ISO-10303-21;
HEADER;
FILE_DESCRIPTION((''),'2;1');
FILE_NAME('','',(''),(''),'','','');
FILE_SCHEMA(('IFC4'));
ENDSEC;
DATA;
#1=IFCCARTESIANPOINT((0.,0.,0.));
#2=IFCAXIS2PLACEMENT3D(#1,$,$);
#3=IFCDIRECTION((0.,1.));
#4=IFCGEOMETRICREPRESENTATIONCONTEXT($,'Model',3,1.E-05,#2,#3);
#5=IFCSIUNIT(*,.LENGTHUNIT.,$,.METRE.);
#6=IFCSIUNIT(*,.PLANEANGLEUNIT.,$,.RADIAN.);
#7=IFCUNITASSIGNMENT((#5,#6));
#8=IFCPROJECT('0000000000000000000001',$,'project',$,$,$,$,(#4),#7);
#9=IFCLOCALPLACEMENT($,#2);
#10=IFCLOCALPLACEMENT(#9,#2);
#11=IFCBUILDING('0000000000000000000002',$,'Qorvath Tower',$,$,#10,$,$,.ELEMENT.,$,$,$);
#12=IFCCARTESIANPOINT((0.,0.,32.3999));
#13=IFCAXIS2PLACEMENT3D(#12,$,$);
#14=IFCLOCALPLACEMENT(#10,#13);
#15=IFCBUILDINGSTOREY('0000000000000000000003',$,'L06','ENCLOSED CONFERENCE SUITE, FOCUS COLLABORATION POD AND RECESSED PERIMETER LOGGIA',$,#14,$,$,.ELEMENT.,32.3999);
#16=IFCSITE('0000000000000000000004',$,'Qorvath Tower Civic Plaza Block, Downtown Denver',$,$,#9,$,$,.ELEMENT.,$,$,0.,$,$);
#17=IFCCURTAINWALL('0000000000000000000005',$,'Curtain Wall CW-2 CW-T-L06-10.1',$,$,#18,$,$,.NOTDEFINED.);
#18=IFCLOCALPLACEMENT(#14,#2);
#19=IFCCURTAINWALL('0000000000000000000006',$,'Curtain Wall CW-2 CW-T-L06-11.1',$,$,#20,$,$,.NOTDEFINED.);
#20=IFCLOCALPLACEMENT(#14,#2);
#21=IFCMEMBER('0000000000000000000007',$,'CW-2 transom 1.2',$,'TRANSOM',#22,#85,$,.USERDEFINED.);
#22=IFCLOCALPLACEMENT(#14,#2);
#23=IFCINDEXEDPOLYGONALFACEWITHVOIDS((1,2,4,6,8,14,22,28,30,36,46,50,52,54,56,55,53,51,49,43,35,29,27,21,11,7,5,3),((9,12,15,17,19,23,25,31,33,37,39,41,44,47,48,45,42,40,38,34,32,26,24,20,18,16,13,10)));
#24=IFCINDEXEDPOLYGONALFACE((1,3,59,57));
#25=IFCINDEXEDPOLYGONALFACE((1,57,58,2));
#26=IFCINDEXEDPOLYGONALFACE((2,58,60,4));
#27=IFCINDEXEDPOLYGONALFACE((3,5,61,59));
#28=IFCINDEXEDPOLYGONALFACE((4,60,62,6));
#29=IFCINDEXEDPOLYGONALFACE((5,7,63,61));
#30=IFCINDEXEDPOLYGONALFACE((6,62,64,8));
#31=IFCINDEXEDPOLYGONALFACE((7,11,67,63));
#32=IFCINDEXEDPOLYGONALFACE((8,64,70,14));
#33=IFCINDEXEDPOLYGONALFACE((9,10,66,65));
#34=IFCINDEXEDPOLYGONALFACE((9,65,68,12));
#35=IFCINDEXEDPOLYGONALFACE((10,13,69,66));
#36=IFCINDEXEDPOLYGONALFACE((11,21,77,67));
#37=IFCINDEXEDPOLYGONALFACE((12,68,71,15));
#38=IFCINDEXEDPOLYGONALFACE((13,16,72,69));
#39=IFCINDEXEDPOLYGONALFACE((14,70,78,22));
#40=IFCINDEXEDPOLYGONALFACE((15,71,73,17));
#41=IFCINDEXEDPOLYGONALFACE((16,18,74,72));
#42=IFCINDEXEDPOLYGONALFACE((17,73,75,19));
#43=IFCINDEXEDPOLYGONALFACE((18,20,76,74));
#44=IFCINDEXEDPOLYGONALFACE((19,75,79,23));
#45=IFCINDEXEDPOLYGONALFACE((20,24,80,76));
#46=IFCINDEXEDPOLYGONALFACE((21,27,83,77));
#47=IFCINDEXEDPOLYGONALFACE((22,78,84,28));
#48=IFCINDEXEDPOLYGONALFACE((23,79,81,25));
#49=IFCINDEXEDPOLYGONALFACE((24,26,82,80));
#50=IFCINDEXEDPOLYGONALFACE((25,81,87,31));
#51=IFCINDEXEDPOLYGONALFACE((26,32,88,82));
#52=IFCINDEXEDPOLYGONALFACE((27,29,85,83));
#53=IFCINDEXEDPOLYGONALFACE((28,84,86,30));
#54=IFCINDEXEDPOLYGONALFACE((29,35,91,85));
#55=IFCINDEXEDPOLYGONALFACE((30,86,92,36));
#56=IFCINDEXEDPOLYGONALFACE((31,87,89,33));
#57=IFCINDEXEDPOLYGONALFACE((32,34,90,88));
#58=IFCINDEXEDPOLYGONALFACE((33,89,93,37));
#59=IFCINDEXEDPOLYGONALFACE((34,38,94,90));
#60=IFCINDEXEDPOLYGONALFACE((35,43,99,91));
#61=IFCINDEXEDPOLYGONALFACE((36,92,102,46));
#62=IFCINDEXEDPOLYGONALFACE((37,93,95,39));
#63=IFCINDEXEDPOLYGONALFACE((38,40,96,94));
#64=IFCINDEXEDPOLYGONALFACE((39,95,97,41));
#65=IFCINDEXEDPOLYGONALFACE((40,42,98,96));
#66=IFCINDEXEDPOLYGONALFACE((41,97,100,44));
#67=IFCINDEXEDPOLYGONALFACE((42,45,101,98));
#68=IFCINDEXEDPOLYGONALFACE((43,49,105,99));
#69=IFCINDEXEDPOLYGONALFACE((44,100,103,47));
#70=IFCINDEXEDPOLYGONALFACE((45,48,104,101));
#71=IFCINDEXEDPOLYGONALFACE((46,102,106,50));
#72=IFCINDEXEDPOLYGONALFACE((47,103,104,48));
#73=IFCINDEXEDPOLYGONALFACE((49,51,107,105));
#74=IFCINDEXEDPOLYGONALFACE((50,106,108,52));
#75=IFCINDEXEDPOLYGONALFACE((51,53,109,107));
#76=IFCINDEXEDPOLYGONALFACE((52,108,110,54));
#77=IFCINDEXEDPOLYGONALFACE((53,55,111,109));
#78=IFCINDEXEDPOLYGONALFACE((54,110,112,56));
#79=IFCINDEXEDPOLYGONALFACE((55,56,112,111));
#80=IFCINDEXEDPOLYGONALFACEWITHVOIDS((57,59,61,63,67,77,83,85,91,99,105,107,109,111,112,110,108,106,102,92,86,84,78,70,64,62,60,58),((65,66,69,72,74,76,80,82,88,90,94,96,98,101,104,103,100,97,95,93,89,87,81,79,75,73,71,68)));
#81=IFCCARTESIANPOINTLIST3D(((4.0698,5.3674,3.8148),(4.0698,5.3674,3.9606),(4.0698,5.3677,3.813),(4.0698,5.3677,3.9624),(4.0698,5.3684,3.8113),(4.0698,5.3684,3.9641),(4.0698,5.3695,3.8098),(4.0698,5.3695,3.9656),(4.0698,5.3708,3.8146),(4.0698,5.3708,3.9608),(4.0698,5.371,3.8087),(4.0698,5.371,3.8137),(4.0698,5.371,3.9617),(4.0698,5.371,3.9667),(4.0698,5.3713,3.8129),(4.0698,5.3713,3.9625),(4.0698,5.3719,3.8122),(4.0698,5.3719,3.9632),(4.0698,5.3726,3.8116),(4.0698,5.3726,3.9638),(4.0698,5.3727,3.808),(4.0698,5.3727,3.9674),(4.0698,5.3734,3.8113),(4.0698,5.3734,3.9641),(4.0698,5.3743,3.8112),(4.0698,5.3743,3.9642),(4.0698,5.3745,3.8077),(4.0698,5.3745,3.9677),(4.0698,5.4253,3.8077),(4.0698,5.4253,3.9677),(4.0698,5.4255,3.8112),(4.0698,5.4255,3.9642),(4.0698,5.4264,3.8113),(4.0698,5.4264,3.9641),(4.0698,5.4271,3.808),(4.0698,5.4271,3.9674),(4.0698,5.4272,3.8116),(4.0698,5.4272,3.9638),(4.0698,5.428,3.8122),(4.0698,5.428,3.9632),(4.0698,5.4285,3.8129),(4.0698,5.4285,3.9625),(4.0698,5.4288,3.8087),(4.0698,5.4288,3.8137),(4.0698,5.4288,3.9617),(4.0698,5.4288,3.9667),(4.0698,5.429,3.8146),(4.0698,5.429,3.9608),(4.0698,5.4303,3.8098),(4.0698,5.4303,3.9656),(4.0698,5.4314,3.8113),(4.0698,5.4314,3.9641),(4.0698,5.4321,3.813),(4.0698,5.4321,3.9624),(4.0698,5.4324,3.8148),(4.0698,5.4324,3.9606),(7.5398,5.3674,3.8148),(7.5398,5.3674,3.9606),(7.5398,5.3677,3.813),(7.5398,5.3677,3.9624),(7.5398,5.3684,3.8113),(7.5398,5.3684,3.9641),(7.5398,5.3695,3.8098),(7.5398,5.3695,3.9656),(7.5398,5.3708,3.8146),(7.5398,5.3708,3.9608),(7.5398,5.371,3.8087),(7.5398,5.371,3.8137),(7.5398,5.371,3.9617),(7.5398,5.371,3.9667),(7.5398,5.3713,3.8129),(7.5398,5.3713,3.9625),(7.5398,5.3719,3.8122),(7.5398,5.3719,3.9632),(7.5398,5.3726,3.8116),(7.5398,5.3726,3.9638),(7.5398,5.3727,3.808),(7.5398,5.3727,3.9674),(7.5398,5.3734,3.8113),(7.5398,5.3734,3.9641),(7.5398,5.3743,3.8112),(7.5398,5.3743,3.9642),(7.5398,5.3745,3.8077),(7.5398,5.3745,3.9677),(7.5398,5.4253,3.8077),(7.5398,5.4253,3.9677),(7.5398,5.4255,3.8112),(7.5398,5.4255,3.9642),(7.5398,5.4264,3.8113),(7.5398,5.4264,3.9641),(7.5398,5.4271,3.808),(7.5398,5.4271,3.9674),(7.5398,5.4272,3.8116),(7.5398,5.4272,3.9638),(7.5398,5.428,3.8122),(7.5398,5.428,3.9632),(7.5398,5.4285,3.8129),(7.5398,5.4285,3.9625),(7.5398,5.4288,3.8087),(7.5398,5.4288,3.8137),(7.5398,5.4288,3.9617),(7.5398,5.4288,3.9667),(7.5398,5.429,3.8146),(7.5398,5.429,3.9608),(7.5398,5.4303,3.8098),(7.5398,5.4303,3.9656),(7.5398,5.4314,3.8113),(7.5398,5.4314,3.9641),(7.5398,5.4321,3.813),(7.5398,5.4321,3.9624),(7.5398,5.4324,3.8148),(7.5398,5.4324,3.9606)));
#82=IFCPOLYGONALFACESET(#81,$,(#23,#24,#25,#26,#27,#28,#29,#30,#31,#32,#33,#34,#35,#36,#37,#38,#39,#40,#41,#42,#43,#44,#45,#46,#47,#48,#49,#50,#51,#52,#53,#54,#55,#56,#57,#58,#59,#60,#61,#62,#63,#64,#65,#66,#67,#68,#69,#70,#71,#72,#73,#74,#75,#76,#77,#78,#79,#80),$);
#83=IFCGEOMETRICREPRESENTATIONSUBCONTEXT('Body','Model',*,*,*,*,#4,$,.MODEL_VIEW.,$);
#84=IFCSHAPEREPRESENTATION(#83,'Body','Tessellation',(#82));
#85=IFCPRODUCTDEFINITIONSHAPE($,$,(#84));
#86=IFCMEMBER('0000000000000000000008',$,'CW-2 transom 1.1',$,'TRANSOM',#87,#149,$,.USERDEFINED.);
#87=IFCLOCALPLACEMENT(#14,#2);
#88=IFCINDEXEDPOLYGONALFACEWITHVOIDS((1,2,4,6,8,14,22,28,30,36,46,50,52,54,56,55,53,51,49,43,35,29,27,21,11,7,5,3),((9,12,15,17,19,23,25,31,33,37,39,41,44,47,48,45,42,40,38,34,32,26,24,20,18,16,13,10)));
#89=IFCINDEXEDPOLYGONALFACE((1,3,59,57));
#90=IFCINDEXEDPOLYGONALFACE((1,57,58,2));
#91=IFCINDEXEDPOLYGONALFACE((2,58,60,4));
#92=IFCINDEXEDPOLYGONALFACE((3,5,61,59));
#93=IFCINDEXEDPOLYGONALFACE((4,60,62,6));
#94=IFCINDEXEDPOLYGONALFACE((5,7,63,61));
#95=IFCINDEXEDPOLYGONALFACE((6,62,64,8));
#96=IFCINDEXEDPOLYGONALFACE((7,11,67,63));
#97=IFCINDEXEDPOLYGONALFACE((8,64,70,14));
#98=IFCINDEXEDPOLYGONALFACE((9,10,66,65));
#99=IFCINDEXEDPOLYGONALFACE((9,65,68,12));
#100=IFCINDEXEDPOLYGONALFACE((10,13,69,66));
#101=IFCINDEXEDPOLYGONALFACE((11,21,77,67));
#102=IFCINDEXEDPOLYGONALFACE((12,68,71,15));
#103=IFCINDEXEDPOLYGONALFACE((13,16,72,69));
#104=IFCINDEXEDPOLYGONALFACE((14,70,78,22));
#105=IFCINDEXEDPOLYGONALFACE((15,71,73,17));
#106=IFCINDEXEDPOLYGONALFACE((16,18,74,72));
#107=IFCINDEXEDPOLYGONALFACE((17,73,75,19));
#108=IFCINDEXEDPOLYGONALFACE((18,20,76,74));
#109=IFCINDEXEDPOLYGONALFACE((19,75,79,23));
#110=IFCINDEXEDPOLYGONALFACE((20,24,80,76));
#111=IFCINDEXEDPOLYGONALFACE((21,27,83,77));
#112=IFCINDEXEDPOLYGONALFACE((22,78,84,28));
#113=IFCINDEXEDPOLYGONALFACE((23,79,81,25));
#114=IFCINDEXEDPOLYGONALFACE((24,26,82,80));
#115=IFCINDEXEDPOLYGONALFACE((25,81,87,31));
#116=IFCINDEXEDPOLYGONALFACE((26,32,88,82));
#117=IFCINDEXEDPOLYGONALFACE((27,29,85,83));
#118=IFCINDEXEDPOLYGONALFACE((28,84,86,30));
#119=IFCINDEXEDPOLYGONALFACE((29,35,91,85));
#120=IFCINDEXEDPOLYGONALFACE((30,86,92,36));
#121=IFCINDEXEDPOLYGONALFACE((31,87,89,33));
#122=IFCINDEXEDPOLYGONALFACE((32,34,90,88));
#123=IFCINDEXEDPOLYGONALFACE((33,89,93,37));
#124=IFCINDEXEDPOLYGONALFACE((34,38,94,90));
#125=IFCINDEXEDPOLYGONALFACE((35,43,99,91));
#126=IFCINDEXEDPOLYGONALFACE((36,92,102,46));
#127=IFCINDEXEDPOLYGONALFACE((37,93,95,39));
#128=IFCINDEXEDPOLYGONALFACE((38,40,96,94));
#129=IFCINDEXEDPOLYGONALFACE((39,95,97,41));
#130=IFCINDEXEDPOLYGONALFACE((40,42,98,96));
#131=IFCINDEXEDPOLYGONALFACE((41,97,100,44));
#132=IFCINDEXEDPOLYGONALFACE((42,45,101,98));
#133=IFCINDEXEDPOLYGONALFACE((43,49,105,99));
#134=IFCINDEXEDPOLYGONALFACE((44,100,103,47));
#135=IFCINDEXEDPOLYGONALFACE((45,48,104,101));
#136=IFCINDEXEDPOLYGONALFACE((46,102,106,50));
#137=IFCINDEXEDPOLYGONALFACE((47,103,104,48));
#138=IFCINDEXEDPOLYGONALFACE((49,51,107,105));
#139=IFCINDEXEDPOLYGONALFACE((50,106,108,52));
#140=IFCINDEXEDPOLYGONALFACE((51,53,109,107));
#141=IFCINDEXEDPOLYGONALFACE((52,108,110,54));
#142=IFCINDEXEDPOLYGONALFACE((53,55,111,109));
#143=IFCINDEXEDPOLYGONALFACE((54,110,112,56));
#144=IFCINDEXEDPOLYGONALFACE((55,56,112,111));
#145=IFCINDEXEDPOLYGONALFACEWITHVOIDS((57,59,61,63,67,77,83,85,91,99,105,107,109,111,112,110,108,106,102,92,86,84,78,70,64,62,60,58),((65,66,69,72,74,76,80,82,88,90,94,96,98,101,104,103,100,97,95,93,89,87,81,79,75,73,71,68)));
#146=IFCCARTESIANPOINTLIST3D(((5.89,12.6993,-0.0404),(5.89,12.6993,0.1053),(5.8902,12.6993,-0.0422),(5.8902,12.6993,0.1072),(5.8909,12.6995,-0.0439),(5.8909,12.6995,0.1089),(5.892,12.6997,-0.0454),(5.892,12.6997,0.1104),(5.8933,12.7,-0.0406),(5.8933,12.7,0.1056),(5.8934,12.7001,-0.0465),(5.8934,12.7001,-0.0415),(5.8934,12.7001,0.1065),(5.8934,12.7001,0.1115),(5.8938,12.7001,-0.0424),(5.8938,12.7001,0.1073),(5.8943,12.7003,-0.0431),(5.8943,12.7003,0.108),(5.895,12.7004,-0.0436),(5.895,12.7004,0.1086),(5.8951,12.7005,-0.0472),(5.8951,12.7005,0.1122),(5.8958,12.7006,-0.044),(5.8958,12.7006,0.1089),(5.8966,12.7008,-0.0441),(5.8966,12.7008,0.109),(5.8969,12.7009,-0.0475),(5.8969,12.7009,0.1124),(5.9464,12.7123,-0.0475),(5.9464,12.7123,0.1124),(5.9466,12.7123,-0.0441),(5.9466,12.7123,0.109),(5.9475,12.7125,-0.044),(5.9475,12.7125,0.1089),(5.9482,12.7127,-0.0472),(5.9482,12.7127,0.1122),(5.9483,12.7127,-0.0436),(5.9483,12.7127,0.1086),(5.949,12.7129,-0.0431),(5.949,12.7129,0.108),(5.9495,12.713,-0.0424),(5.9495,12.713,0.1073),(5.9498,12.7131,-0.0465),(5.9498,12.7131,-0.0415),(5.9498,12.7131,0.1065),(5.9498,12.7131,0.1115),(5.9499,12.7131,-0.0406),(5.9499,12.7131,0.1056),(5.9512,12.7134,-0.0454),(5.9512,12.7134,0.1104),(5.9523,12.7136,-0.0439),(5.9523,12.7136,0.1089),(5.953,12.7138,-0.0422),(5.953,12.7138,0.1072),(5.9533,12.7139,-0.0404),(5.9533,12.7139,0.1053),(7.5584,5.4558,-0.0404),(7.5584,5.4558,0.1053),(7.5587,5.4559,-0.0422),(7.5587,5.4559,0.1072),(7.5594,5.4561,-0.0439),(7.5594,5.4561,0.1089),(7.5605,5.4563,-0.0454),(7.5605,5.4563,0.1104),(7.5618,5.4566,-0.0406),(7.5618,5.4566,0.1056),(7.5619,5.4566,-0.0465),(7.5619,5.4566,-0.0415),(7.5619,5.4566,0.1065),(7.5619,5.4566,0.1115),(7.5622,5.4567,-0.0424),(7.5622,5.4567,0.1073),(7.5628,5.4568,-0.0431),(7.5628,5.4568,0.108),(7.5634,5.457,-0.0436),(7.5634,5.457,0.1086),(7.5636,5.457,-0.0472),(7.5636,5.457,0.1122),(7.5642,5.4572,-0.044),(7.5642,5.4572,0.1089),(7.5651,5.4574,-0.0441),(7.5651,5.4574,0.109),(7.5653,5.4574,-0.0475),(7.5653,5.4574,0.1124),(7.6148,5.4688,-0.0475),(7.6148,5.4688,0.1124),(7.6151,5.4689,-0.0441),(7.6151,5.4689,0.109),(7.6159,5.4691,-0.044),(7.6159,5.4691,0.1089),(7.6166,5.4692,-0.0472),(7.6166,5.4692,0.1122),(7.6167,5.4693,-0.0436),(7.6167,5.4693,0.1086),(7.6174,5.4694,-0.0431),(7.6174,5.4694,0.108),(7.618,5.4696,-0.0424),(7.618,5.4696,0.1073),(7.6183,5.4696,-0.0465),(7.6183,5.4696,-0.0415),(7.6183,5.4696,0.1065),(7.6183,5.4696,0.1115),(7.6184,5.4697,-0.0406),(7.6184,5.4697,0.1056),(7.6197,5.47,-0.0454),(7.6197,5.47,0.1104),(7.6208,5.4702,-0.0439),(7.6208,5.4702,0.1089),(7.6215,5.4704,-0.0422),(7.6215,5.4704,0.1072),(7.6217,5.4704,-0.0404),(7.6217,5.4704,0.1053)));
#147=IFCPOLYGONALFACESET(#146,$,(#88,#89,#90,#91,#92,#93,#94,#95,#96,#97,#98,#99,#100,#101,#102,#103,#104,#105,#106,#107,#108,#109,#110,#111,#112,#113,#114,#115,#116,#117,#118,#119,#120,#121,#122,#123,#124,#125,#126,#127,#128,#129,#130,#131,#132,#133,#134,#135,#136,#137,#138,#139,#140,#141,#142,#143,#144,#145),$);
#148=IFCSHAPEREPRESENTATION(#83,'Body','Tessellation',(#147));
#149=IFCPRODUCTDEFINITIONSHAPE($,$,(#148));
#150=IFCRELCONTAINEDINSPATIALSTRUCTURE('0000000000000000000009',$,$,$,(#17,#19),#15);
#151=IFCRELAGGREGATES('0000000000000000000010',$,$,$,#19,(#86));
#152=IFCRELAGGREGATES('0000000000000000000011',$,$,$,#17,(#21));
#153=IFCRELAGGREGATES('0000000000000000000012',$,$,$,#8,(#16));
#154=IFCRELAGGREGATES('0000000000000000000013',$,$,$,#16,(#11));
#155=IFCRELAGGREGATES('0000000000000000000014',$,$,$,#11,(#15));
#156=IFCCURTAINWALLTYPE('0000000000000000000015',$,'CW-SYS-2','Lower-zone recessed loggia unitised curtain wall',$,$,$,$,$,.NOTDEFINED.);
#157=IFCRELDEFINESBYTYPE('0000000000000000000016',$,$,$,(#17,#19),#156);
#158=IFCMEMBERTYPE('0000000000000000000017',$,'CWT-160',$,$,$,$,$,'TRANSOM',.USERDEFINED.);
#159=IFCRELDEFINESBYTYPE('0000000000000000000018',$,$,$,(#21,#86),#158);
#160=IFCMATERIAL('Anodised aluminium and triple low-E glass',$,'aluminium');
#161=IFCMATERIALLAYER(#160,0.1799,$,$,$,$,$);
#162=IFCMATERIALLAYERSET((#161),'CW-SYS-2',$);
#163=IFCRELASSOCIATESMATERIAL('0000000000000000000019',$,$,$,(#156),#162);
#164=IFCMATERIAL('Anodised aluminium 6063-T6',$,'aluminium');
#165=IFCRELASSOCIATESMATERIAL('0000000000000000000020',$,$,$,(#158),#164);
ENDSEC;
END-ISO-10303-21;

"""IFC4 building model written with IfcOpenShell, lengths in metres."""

from ifc_helpers import new_model, si_unit, direction, frame, origin, origin_2d, place, context, subcontext, project, spatial, hollow_rectangle, extrude, material, layer, layer_set, material_profile, profile_set, type_object, element, aggregate, save


model = new_model("IFC4")

# Units and contexts
model_context = context("Model", 3, precision=1e-05, world=origin(), true_north=direction((0.0, 1.0)))
body_context = subcontext(model_context, "Body", "Model", "MODEL_VIEW")
ifc_project = project(units=[si_unit("LENGTHUNIT", "METRE"), si_unit("PLANEANGLEUNIT", "RADIAN")], contexts=[model_context])

# Site, building, storey
site_placement = place(None, origin())
site = spatial("IfcSite", under=ifc_project, at=site_placement, Name="Qorvath Tower Civic Plaza Block, Downtown Denver", CompositionType="ELEMENT", RefElevation=0.0)
building_placement = place(site_placement, origin())
building = spatial("IfcBuilding", under=site, at=building_placement, Name="Qorvath Tower", CompositionType="ELEMENT")
storey_placement = place(building_placement, frame((0.0, 0.0, 32.3999)))
storey = spatial("IfcBuildingStorey", under=building, at=storey_placement, Name="L06", Description="ENCLOSED CONFERENCE SUITE, FOCUS COLLABORATION POD AND RECESSED PERIMETER LOGGIA", CompositionType="ELEMENT", Elevation=32.3999)

# Curtain wall
ifc_material_1 = material(Name="Anodised aluminium and triple low-E glass", Category="aluminium")
ifc_layer_1 = layer(ifc_material_1, 0.1799)
ifc_layer_set_1 = layer_set([ifc_layer_1], Name="CW-SYS-2")
curtain_wall_type = type_object("IfcCurtainWallType", Name="CW-SYS-2", Description="Lower-zone recessed loggia unitised curtain wall", PredefinedType="NOTDEFINED", material=ifc_layer_set_1)
curtain_wall_1_placement = place(storey_placement, origin())
curtain_wall_1 = element("IfcCurtainWall", 1, at=curtain_wall_1_placement, inside=storey, type_object=curtain_wall_type, Name="Curtain Wall CW-2 CW-T-L06-10.1", PredefinedType="NOTDEFINED")

# Curtain wall
curtain_wall_2_placement = place(storey_placement, origin())
curtain_wall_2 = element("IfcCurtainWall", 2, at=curtain_wall_2_placement, inside=storey, type_object=curtain_wall_type, Name="Curtain Wall CW-2 CW-T-L06-11.1", PredefinedType="NOTDEFINED")

# Members
ifc_material_2 = material(Name="Anodised aluminium 6063-T6", Category="aluminium")
ifc_material_profile_1 = material_profile(ifc_material_2, hollow_rectangle(XDim=0.0649, YDim=0.1599, WallThickness=0.0034, InnerFilletRadius=0.0034, OuterFilletRadius=0.0071, at=origin_2d()), Name="CWT 160x65")
ifc_profile_set_1 = profile_set([ifc_material_profile_1], Name="Anodised aluminium 6063-T6")
member_type_1 = type_object("IfcMemberType", Name="CWT-160", ElementType="TRANSOM", PredefinedType="USERDEFINED", material=ifc_profile_set_1)
member_1_placement = place(storey_placement, frame((4.0698, 5.3999, 3.8877), z_axis=(1.0, 0.0, 0.0), x_axis=(0.0, 1.0, 0.0)))
member_1 = element("IfcMember", 3, at=member_1_placement, type_object=member_type_1, Name="CW-2 transom 1.2", ObjectType="TRANSOM", PredefinedType="USERDEFINED", context=body_context, shape_type="SweptSolid", body=[
    extrude(hollow_rectangle(XDim=0.0649, YDim=0.1599, WallThickness=0.0034, InnerFilletRadius=0.0034, OuterFilletRadius=0.0071, at=origin_2d()), origin(), (0.0, 0.0, 1.0), 3.47),
])
member_2_placement = place(storey_placement, frame((7.5901, 5.4631, 0.0325), z_axis=(-0.224464, 0.974482, 0.0), x_axis=(-0.974482, -0.224464, 0.0)))
member_2 = element("IfcMember", 4, at=member_2_placement, type_object=member_type_1, Name="CW-2 transom 1.1", ObjectType="TRANSOM", PredefinedType="USERDEFINED", context=body_context, shape_type="SweptSolid", body=[
    extrude(hollow_rectangle(XDim=0.0649, YDim=0.1599, WallThickness=0.0034, InnerFilletRadius=0.0034, OuterFilletRadius=0.0071, at=origin_2d()), origin(), (0.0, 0.0, 1.0), 7.4331),
])
aggregate(curtain_wall_2, [member_2])

aggregate(curtain_wall_1, [member_1])

save(model, "model.ifc")
